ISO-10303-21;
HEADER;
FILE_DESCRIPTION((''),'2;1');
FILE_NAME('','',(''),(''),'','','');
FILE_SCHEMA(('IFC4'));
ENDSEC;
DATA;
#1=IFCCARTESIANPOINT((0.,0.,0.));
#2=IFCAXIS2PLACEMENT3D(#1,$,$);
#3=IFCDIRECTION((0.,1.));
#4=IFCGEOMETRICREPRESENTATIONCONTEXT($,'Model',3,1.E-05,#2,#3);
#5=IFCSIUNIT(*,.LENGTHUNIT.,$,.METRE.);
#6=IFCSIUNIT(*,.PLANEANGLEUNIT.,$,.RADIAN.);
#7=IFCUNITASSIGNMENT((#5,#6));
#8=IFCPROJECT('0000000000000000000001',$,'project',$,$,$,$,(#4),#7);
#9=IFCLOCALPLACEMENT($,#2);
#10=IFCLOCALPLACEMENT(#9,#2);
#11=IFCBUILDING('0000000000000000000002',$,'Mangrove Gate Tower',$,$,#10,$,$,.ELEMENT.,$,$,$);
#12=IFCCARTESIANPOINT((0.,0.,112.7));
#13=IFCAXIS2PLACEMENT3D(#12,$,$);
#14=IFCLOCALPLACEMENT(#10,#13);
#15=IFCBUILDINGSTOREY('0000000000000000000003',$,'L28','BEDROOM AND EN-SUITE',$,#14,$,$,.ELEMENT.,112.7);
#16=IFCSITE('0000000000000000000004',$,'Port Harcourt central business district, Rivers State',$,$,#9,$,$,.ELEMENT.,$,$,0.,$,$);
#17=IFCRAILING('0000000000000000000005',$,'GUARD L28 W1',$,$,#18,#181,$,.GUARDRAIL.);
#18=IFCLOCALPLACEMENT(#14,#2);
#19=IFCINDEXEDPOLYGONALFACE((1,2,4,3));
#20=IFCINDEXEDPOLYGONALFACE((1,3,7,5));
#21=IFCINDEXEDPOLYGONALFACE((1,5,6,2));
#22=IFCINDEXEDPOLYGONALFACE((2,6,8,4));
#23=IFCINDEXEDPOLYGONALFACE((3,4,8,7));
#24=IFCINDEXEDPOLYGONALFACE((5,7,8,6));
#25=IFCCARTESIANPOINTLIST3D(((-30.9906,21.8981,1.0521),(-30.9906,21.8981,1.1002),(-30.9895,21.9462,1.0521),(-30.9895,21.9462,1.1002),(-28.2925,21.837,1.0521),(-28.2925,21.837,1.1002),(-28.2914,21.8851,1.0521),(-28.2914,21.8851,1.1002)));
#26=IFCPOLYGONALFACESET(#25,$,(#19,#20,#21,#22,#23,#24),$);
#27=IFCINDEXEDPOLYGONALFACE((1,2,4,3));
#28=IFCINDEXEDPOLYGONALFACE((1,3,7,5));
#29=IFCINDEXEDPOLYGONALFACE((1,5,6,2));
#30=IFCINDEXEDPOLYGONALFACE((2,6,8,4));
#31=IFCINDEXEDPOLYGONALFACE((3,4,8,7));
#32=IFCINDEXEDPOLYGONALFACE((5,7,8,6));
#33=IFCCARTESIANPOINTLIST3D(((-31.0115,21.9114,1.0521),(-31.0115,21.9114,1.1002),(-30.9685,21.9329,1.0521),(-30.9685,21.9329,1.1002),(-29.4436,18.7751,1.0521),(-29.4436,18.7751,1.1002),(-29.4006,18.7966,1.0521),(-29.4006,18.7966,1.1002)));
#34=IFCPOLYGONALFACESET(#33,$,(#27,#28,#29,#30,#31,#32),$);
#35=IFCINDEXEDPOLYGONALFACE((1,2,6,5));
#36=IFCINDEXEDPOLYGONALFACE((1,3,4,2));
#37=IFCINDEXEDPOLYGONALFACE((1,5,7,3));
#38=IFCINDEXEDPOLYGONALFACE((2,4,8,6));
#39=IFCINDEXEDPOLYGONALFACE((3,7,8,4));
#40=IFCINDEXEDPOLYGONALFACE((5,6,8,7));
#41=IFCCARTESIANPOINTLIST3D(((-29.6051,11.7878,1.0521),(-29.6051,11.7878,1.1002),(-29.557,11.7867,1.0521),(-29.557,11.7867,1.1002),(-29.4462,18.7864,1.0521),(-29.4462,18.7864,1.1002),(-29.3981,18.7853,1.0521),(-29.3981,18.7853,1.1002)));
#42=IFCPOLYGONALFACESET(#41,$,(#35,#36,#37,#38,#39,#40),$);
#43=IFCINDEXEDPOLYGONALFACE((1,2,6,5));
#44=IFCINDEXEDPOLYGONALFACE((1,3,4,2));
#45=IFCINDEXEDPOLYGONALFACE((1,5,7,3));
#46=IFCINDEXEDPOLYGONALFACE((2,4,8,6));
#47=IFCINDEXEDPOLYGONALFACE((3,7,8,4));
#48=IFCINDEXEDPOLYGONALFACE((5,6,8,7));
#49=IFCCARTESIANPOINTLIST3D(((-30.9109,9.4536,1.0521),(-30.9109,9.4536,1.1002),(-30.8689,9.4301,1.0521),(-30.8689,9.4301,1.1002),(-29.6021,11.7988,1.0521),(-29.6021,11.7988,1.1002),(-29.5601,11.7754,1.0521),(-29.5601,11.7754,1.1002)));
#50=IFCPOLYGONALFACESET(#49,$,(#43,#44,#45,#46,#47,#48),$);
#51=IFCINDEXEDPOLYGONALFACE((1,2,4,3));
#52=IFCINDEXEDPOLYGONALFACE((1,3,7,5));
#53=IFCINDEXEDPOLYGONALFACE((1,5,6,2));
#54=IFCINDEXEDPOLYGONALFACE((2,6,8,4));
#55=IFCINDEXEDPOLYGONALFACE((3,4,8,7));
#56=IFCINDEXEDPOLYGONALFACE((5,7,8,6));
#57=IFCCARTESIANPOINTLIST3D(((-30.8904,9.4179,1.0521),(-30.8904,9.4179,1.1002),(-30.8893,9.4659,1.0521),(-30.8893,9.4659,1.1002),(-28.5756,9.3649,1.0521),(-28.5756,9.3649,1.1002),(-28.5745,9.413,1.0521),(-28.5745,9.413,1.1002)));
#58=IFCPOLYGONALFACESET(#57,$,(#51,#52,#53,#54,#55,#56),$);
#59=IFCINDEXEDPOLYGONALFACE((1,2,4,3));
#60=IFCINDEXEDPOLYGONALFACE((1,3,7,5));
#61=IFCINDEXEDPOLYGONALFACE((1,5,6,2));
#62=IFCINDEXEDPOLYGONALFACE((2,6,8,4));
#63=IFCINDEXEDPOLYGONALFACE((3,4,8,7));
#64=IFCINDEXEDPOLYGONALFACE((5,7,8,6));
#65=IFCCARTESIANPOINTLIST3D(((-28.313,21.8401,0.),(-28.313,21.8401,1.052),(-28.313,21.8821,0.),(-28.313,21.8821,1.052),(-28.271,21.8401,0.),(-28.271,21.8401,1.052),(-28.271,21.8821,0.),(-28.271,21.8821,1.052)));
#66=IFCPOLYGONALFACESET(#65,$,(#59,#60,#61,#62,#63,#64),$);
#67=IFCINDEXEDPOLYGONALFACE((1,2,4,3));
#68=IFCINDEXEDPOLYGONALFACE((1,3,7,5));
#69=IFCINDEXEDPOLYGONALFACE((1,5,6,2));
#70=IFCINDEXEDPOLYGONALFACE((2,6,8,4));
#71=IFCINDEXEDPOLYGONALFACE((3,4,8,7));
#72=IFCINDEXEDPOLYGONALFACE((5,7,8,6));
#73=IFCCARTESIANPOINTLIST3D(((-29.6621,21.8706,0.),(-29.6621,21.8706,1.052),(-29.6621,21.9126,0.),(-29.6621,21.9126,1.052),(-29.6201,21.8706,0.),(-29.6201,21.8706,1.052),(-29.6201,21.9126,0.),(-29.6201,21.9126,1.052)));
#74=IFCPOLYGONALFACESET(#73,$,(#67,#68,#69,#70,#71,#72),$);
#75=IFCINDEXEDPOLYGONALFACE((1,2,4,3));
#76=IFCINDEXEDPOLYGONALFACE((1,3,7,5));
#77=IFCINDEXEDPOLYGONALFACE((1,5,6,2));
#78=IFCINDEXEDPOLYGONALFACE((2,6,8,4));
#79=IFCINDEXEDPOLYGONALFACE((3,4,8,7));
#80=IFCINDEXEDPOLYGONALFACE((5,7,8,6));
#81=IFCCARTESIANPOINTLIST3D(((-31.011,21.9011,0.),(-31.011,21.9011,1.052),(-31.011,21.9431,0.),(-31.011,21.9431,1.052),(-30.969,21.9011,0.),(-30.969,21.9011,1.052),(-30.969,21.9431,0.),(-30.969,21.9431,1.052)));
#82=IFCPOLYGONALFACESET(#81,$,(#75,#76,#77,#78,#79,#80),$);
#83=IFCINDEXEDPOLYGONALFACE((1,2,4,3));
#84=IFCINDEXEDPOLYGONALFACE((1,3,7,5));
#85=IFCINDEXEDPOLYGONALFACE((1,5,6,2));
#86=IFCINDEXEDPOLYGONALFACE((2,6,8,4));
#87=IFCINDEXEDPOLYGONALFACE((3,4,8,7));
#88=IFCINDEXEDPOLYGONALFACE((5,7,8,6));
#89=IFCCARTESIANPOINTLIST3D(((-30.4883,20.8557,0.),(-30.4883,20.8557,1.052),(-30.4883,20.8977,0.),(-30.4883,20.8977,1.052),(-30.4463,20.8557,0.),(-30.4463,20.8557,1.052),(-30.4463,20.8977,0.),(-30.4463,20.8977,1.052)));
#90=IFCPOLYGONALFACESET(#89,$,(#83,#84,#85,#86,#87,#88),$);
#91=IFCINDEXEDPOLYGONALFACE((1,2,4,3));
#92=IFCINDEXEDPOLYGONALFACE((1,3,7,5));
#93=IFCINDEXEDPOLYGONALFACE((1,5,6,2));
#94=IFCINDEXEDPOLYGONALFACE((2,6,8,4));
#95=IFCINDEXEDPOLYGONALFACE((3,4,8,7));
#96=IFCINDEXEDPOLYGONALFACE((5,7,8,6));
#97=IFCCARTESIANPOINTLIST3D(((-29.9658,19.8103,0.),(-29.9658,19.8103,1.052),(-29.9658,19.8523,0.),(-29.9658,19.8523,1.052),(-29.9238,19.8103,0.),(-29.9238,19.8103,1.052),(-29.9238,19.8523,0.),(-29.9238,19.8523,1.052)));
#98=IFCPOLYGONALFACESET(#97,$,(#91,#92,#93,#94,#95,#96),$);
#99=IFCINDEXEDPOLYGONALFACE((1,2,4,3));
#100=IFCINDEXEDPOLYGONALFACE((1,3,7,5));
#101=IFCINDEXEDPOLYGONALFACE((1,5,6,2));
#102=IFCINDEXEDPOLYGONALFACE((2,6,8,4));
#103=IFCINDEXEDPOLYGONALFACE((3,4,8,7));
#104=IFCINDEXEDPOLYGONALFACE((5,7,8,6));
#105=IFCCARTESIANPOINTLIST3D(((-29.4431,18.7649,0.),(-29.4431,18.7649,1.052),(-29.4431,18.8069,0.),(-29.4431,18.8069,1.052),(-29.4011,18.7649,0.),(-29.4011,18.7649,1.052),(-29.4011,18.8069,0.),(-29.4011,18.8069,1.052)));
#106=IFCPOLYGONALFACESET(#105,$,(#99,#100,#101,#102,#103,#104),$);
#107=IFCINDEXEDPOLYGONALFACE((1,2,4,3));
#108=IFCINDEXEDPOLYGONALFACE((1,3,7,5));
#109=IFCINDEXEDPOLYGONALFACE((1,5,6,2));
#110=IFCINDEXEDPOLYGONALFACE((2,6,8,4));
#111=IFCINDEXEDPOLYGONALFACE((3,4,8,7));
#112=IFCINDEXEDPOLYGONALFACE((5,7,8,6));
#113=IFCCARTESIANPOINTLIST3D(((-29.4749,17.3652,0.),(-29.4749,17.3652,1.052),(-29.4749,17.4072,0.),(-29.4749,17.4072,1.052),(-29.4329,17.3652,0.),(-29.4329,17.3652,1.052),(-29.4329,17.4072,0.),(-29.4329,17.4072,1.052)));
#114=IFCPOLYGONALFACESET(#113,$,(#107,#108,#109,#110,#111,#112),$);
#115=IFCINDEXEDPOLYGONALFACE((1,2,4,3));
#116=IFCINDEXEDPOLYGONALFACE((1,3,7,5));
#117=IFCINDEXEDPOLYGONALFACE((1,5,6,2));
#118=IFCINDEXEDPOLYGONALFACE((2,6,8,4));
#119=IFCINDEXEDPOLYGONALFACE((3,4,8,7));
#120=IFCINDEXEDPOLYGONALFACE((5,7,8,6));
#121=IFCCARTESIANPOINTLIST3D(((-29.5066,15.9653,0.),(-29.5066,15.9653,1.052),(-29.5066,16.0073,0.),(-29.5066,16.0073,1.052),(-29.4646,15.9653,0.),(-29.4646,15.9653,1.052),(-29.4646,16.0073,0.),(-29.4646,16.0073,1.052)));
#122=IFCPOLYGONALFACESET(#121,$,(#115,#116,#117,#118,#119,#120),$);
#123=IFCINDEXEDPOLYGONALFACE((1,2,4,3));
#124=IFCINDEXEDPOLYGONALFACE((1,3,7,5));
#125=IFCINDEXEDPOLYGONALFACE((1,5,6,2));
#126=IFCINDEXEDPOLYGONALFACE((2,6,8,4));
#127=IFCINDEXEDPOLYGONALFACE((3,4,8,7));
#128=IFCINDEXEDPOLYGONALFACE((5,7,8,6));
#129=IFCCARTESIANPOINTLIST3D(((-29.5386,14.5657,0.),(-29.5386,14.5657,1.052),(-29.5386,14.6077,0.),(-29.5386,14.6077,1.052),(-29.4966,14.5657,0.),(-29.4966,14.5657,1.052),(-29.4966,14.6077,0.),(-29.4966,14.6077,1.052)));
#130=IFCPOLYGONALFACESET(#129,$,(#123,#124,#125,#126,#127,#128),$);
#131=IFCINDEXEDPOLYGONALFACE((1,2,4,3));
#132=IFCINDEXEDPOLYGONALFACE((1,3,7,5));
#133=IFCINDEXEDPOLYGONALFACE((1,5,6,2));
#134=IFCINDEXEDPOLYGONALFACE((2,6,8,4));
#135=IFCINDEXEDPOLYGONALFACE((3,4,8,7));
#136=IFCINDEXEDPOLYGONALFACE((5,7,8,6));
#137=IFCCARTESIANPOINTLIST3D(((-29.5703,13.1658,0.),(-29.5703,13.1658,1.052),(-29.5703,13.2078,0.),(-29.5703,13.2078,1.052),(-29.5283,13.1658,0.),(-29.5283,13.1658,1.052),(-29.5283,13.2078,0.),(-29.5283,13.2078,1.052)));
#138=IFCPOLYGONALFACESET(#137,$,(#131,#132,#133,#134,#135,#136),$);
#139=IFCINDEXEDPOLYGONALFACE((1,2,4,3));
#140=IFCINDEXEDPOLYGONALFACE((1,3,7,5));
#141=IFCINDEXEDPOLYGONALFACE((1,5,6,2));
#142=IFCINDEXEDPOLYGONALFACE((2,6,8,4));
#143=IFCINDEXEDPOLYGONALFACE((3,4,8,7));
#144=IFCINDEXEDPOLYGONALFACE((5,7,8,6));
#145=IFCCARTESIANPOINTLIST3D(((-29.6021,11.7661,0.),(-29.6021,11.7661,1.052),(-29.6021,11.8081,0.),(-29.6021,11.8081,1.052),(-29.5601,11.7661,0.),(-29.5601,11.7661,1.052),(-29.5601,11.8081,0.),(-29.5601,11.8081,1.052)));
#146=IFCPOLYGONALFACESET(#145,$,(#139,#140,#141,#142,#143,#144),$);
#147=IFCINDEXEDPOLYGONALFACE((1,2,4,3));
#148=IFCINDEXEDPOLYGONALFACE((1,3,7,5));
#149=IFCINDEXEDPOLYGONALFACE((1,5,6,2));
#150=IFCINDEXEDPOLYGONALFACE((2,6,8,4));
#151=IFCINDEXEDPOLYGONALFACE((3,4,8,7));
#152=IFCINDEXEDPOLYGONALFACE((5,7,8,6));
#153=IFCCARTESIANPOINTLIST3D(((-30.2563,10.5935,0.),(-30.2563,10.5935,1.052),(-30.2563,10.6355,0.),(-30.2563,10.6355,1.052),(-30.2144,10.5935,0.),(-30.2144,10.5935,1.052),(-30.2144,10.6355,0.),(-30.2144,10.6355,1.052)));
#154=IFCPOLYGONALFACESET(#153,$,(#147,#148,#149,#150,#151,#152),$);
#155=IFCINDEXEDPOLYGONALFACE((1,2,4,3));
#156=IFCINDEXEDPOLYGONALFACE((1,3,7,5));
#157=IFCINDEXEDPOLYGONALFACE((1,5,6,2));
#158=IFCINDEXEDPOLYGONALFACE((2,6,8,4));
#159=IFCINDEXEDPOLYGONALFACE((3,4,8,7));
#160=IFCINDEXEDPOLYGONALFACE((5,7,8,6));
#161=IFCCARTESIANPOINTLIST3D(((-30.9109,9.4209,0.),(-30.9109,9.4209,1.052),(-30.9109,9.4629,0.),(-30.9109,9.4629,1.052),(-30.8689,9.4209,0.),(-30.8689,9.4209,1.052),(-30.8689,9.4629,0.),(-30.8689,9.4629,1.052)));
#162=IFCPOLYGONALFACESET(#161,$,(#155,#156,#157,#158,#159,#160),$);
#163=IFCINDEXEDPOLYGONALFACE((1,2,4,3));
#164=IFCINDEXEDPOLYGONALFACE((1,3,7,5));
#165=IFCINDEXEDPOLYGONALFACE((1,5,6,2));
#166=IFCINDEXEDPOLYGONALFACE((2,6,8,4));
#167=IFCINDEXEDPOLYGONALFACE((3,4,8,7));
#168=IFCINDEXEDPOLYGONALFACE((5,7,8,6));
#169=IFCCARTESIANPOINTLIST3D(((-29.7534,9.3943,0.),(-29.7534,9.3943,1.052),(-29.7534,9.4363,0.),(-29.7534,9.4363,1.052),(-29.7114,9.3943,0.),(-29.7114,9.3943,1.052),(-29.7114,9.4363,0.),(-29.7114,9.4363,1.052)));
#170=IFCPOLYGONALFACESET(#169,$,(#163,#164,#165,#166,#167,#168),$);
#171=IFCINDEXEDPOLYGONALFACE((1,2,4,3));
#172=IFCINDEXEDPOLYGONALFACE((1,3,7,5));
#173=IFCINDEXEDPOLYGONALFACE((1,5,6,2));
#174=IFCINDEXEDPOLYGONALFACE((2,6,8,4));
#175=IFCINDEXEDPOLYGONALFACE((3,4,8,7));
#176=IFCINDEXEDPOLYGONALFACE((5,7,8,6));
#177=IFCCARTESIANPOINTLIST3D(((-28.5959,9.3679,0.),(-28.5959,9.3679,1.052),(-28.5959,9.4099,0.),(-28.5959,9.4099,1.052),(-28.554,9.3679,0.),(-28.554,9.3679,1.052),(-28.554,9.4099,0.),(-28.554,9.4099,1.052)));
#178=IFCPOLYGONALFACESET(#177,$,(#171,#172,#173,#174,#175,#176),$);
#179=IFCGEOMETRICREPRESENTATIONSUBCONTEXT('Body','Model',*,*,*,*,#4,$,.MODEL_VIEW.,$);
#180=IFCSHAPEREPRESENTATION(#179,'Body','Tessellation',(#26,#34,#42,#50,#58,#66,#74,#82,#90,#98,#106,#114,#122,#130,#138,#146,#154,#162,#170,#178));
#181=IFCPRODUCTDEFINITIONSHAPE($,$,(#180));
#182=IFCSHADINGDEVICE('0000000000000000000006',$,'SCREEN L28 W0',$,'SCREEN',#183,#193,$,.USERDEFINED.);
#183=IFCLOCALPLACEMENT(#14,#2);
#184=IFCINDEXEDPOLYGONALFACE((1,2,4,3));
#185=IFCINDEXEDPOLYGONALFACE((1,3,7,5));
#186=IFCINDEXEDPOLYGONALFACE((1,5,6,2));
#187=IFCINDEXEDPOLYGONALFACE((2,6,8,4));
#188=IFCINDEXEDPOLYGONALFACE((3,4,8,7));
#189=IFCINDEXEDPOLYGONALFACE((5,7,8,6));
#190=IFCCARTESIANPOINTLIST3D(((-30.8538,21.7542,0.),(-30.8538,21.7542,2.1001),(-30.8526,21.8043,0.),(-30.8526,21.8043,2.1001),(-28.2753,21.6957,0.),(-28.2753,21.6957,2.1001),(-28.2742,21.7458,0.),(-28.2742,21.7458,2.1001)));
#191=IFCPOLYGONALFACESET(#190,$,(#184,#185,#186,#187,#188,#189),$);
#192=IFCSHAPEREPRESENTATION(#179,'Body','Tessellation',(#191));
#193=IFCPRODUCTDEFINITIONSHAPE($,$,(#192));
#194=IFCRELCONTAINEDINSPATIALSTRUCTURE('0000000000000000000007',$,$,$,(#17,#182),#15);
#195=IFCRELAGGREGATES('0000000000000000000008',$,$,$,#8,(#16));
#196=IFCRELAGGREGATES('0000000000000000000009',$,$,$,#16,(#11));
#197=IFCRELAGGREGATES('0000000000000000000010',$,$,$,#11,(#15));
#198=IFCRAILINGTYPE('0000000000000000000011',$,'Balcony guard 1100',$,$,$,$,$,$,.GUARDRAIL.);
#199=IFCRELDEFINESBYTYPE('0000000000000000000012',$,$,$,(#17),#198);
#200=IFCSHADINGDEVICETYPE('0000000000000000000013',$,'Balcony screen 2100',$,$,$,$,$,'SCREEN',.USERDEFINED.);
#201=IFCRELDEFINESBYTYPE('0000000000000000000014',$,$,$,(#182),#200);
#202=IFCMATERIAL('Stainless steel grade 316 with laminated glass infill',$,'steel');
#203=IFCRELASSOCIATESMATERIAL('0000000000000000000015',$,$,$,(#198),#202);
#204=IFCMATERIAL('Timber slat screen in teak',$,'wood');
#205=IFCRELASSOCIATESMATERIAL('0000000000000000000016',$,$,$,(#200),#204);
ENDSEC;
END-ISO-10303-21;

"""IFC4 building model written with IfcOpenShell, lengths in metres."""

from ifc_helpers import new_model, si_unit, direction, frame, origin, origin_2d, place, context, subcontext, project, spatial, rectangle, extrude, material, type_object, element, save


model = new_model("IFC4")

# Units and contexts
model_context = context("Model", 3, precision=1e-05, world=origin(), true_north=direction((0.0, 1.0)))
body_context = subcontext(model_context, "Body", "Model", "MODEL_VIEW")
ifc_project = project(units=[si_unit("LENGTHUNIT", "METRE"), si_unit("PLANEANGLEUNIT", "RADIAN")], contexts=[model_context])

# Site, building, storey
site_placement = place(None, origin())
site = spatial("IfcSite", under=ifc_project, at=site_placement, Name="Port Harcourt central business district, Rivers State", CompositionType="ELEMENT", RefElevation=0.0)
building_placement = place(site_placement, origin())
building = spatial("IfcBuilding", under=site, at=building_placement, Name="Mangrove Gate Tower", CompositionType="ELEMENT")
storey_placement = place(building_placement, frame((0.0, 0.0, 112.7)))
storey = spatial("IfcBuildingStorey", under=building, at=storey_placement, Name="L28", Description="BEDROOM AND EN-SUITE", CompositionType="ELEMENT", Elevation=112.7)

# Railing
ifc_material_1 = material(Name="Stainless steel grade 316 with laminated glass infill", Category="steel")
railing_type = type_object("IfcRailingType", Name="Balcony guard 1100", PredefinedType="GUARDRAIL", material=ifc_material_1)
railing_placement = place(storey_placement, frame((-28.292, 21.8611, 0.0)))
element("IfcRailing", 1, at=railing_placement, inside=storey, type_object=railing_type, Name="GUARD L28 W1", PredefinedType="GUARDRAIL", context=body_context, shape_type="SweptSolid", body=[
    extrude(rectangle(XDim=0.0481, YDim=0.0481, at=origin_2d()), frame((0.0, 0.0, 1.0762), z_axis=(-0.999744, 0.022617, 0.0), x_axis=(-0.022617, -0.999744, 0.0)), (0.0, 0.0, 1.0), 2.6987),
    extrude(rectangle(XDim=0.0481, YDim=0.0481, at=origin_2d()), frame((-2.698, 0.061, 1.0762), z_axis=(0.447158, -0.894455, 0.0), x_axis=(0.894455, 0.447158, 0.0)), (0.0, 0.0, 1.0), 3.5063),
    extrude(rectangle(XDim=0.0481, YDim=0.0481, at=origin_2d()), frame((-1.1301, -3.0752, 1.0762), z_axis=(-0.022703, -0.999742, 0.0), x_axis=(0.999742, -0.022703, 0.0)), (0.0, 0.0, 1.0), 7.0005),
    extrude(rectangle(XDim=0.0481, YDim=0.0481, at=origin_2d()), frame((-1.2891, -10.074, 1.0762), z_axis=(-0.487332, -0.873217, 0.0), x_axis=(0.873217, -0.487332, 0.0)), (0.0, 0.0, 1.0), 2.6858),
    extrude(rectangle(XDim=0.0481, YDim=0.0481, at=origin_2d()), frame((-2.5979, -12.4192, 1.0762), z_axis=(0.999738, -0.022879, 0.0), x_axis=(0.022879, 0.999738, 0.0)), (0.0, 0.0, 1.0), 2.3154),
    extrude(rectangle(XDim=0.042, YDim=0.042, at=origin_2d()), origin(), (0.0, 0.0, 1.0), 1.052),
    extrude(rectangle(XDim=0.042, YDim=0.042, at=origin_2d()), frame((-1.3491, 0.0305, 0.0)), (0.0, 0.0, 1.0), 1.052),
    extrude(rectangle(XDim=0.042, YDim=0.042, at=origin_2d()), frame((-2.698, 0.061, 0.0)), (0.0, 0.0, 1.0), 1.052),
    extrude(rectangle(XDim=0.042, YDim=0.042, at=origin_2d()), frame((-2.1753, -0.9844, 0.0)), (0.0, 0.0, 1.0), 1.052),
    extrude(rectangle(XDim=0.042, YDim=0.042, at=origin_2d()), frame((-1.6528, -2.0298, 0.0)), (0.0, 0.0, 1.0), 1.052),
    extrude(rectangle(XDim=0.042, YDim=0.042, at=origin_2d()), frame((-1.1301, -3.0752, 0.0)), (0.0, 0.0, 1.0), 1.052),
    extrude(rectangle(XDim=0.042, YDim=0.042, at=origin_2d()), frame((-1.1619, -4.4749, 0.0)), (0.0, 0.0, 1.0), 1.052),
    extrude(rectangle(XDim=0.042, YDim=0.042, at=origin_2d()), frame((-1.1936, -5.8748, 0.0)), (0.0, 0.0, 1.0), 1.052),
    extrude(rectangle(XDim=0.042, YDim=0.042, at=origin_2d()), frame((-1.2256, -7.2744, 0.0)), (0.0, 0.0, 1.0), 1.052),
    extrude(rectangle(XDim=0.042, YDim=0.042, at=origin_2d()), frame((-1.2573, -8.6743, 0.0)), (0.0, 0.0, 1.0), 1.052),
    extrude(rectangle(XDim=0.042, YDim=0.042, at=origin_2d()), frame((-1.2891, -10.074, 0.0)), (0.0, 0.0, 1.0), 1.052),
    extrude(rectangle(XDim=0.042, YDim=0.042, at=origin_2d()), frame((-1.9434, -11.2466, 0.0)), (0.0, 0.0, 1.0), 1.052),
    extrude(rectangle(XDim=0.042, YDim=0.042, at=origin_2d()), frame((-2.5979, -12.4192, 0.0)), (0.0, 0.0, 1.0), 1.052),
    extrude(rectangle(XDim=0.042, YDim=0.042, at=origin_2d()), frame((-1.4404, -12.4458, 0.0)), (0.0, 0.0, 1.0), 1.052),
    extrude(rectangle(XDim=0.042, YDim=0.042, at=origin_2d()), frame((-0.283, -12.4722, 0.0)), (0.0, 0.0, 1.0), 1.052),
])

# Shading device
ifc_material_2 = material(Name="Timber slat screen in teak", Category="wood")
shading_device_type = type_object("IfcShadingDeviceType", Name="Balcony screen 2100", ElementType="SCREEN", PredefinedType="USERDEFINED", material=ifc_material_2)
shading_device_placement = place(storey_placement, frame((-29.564, 21.75, 0.0), z_axis=(0.0, 0.0, 1.0), x_axis=(-0.999743, 0.02267, 0.0)))
element("IfcShadingDevice", 2, at=shading_device_placement, inside=storey, type_object=shading_device_type, Name="SCREEN L28 W0", ObjectType="SCREEN", PredefinedType="USERDEFINED", context=body_context, shape_type="SweptSolid", body=[
    extrude(rectangle(XDim=2.5791, YDim=0.05, at=origin_2d()), origin(), (0.0, 0.0, 1.0), 2.1001),
])

save(model, "model.ifc")
